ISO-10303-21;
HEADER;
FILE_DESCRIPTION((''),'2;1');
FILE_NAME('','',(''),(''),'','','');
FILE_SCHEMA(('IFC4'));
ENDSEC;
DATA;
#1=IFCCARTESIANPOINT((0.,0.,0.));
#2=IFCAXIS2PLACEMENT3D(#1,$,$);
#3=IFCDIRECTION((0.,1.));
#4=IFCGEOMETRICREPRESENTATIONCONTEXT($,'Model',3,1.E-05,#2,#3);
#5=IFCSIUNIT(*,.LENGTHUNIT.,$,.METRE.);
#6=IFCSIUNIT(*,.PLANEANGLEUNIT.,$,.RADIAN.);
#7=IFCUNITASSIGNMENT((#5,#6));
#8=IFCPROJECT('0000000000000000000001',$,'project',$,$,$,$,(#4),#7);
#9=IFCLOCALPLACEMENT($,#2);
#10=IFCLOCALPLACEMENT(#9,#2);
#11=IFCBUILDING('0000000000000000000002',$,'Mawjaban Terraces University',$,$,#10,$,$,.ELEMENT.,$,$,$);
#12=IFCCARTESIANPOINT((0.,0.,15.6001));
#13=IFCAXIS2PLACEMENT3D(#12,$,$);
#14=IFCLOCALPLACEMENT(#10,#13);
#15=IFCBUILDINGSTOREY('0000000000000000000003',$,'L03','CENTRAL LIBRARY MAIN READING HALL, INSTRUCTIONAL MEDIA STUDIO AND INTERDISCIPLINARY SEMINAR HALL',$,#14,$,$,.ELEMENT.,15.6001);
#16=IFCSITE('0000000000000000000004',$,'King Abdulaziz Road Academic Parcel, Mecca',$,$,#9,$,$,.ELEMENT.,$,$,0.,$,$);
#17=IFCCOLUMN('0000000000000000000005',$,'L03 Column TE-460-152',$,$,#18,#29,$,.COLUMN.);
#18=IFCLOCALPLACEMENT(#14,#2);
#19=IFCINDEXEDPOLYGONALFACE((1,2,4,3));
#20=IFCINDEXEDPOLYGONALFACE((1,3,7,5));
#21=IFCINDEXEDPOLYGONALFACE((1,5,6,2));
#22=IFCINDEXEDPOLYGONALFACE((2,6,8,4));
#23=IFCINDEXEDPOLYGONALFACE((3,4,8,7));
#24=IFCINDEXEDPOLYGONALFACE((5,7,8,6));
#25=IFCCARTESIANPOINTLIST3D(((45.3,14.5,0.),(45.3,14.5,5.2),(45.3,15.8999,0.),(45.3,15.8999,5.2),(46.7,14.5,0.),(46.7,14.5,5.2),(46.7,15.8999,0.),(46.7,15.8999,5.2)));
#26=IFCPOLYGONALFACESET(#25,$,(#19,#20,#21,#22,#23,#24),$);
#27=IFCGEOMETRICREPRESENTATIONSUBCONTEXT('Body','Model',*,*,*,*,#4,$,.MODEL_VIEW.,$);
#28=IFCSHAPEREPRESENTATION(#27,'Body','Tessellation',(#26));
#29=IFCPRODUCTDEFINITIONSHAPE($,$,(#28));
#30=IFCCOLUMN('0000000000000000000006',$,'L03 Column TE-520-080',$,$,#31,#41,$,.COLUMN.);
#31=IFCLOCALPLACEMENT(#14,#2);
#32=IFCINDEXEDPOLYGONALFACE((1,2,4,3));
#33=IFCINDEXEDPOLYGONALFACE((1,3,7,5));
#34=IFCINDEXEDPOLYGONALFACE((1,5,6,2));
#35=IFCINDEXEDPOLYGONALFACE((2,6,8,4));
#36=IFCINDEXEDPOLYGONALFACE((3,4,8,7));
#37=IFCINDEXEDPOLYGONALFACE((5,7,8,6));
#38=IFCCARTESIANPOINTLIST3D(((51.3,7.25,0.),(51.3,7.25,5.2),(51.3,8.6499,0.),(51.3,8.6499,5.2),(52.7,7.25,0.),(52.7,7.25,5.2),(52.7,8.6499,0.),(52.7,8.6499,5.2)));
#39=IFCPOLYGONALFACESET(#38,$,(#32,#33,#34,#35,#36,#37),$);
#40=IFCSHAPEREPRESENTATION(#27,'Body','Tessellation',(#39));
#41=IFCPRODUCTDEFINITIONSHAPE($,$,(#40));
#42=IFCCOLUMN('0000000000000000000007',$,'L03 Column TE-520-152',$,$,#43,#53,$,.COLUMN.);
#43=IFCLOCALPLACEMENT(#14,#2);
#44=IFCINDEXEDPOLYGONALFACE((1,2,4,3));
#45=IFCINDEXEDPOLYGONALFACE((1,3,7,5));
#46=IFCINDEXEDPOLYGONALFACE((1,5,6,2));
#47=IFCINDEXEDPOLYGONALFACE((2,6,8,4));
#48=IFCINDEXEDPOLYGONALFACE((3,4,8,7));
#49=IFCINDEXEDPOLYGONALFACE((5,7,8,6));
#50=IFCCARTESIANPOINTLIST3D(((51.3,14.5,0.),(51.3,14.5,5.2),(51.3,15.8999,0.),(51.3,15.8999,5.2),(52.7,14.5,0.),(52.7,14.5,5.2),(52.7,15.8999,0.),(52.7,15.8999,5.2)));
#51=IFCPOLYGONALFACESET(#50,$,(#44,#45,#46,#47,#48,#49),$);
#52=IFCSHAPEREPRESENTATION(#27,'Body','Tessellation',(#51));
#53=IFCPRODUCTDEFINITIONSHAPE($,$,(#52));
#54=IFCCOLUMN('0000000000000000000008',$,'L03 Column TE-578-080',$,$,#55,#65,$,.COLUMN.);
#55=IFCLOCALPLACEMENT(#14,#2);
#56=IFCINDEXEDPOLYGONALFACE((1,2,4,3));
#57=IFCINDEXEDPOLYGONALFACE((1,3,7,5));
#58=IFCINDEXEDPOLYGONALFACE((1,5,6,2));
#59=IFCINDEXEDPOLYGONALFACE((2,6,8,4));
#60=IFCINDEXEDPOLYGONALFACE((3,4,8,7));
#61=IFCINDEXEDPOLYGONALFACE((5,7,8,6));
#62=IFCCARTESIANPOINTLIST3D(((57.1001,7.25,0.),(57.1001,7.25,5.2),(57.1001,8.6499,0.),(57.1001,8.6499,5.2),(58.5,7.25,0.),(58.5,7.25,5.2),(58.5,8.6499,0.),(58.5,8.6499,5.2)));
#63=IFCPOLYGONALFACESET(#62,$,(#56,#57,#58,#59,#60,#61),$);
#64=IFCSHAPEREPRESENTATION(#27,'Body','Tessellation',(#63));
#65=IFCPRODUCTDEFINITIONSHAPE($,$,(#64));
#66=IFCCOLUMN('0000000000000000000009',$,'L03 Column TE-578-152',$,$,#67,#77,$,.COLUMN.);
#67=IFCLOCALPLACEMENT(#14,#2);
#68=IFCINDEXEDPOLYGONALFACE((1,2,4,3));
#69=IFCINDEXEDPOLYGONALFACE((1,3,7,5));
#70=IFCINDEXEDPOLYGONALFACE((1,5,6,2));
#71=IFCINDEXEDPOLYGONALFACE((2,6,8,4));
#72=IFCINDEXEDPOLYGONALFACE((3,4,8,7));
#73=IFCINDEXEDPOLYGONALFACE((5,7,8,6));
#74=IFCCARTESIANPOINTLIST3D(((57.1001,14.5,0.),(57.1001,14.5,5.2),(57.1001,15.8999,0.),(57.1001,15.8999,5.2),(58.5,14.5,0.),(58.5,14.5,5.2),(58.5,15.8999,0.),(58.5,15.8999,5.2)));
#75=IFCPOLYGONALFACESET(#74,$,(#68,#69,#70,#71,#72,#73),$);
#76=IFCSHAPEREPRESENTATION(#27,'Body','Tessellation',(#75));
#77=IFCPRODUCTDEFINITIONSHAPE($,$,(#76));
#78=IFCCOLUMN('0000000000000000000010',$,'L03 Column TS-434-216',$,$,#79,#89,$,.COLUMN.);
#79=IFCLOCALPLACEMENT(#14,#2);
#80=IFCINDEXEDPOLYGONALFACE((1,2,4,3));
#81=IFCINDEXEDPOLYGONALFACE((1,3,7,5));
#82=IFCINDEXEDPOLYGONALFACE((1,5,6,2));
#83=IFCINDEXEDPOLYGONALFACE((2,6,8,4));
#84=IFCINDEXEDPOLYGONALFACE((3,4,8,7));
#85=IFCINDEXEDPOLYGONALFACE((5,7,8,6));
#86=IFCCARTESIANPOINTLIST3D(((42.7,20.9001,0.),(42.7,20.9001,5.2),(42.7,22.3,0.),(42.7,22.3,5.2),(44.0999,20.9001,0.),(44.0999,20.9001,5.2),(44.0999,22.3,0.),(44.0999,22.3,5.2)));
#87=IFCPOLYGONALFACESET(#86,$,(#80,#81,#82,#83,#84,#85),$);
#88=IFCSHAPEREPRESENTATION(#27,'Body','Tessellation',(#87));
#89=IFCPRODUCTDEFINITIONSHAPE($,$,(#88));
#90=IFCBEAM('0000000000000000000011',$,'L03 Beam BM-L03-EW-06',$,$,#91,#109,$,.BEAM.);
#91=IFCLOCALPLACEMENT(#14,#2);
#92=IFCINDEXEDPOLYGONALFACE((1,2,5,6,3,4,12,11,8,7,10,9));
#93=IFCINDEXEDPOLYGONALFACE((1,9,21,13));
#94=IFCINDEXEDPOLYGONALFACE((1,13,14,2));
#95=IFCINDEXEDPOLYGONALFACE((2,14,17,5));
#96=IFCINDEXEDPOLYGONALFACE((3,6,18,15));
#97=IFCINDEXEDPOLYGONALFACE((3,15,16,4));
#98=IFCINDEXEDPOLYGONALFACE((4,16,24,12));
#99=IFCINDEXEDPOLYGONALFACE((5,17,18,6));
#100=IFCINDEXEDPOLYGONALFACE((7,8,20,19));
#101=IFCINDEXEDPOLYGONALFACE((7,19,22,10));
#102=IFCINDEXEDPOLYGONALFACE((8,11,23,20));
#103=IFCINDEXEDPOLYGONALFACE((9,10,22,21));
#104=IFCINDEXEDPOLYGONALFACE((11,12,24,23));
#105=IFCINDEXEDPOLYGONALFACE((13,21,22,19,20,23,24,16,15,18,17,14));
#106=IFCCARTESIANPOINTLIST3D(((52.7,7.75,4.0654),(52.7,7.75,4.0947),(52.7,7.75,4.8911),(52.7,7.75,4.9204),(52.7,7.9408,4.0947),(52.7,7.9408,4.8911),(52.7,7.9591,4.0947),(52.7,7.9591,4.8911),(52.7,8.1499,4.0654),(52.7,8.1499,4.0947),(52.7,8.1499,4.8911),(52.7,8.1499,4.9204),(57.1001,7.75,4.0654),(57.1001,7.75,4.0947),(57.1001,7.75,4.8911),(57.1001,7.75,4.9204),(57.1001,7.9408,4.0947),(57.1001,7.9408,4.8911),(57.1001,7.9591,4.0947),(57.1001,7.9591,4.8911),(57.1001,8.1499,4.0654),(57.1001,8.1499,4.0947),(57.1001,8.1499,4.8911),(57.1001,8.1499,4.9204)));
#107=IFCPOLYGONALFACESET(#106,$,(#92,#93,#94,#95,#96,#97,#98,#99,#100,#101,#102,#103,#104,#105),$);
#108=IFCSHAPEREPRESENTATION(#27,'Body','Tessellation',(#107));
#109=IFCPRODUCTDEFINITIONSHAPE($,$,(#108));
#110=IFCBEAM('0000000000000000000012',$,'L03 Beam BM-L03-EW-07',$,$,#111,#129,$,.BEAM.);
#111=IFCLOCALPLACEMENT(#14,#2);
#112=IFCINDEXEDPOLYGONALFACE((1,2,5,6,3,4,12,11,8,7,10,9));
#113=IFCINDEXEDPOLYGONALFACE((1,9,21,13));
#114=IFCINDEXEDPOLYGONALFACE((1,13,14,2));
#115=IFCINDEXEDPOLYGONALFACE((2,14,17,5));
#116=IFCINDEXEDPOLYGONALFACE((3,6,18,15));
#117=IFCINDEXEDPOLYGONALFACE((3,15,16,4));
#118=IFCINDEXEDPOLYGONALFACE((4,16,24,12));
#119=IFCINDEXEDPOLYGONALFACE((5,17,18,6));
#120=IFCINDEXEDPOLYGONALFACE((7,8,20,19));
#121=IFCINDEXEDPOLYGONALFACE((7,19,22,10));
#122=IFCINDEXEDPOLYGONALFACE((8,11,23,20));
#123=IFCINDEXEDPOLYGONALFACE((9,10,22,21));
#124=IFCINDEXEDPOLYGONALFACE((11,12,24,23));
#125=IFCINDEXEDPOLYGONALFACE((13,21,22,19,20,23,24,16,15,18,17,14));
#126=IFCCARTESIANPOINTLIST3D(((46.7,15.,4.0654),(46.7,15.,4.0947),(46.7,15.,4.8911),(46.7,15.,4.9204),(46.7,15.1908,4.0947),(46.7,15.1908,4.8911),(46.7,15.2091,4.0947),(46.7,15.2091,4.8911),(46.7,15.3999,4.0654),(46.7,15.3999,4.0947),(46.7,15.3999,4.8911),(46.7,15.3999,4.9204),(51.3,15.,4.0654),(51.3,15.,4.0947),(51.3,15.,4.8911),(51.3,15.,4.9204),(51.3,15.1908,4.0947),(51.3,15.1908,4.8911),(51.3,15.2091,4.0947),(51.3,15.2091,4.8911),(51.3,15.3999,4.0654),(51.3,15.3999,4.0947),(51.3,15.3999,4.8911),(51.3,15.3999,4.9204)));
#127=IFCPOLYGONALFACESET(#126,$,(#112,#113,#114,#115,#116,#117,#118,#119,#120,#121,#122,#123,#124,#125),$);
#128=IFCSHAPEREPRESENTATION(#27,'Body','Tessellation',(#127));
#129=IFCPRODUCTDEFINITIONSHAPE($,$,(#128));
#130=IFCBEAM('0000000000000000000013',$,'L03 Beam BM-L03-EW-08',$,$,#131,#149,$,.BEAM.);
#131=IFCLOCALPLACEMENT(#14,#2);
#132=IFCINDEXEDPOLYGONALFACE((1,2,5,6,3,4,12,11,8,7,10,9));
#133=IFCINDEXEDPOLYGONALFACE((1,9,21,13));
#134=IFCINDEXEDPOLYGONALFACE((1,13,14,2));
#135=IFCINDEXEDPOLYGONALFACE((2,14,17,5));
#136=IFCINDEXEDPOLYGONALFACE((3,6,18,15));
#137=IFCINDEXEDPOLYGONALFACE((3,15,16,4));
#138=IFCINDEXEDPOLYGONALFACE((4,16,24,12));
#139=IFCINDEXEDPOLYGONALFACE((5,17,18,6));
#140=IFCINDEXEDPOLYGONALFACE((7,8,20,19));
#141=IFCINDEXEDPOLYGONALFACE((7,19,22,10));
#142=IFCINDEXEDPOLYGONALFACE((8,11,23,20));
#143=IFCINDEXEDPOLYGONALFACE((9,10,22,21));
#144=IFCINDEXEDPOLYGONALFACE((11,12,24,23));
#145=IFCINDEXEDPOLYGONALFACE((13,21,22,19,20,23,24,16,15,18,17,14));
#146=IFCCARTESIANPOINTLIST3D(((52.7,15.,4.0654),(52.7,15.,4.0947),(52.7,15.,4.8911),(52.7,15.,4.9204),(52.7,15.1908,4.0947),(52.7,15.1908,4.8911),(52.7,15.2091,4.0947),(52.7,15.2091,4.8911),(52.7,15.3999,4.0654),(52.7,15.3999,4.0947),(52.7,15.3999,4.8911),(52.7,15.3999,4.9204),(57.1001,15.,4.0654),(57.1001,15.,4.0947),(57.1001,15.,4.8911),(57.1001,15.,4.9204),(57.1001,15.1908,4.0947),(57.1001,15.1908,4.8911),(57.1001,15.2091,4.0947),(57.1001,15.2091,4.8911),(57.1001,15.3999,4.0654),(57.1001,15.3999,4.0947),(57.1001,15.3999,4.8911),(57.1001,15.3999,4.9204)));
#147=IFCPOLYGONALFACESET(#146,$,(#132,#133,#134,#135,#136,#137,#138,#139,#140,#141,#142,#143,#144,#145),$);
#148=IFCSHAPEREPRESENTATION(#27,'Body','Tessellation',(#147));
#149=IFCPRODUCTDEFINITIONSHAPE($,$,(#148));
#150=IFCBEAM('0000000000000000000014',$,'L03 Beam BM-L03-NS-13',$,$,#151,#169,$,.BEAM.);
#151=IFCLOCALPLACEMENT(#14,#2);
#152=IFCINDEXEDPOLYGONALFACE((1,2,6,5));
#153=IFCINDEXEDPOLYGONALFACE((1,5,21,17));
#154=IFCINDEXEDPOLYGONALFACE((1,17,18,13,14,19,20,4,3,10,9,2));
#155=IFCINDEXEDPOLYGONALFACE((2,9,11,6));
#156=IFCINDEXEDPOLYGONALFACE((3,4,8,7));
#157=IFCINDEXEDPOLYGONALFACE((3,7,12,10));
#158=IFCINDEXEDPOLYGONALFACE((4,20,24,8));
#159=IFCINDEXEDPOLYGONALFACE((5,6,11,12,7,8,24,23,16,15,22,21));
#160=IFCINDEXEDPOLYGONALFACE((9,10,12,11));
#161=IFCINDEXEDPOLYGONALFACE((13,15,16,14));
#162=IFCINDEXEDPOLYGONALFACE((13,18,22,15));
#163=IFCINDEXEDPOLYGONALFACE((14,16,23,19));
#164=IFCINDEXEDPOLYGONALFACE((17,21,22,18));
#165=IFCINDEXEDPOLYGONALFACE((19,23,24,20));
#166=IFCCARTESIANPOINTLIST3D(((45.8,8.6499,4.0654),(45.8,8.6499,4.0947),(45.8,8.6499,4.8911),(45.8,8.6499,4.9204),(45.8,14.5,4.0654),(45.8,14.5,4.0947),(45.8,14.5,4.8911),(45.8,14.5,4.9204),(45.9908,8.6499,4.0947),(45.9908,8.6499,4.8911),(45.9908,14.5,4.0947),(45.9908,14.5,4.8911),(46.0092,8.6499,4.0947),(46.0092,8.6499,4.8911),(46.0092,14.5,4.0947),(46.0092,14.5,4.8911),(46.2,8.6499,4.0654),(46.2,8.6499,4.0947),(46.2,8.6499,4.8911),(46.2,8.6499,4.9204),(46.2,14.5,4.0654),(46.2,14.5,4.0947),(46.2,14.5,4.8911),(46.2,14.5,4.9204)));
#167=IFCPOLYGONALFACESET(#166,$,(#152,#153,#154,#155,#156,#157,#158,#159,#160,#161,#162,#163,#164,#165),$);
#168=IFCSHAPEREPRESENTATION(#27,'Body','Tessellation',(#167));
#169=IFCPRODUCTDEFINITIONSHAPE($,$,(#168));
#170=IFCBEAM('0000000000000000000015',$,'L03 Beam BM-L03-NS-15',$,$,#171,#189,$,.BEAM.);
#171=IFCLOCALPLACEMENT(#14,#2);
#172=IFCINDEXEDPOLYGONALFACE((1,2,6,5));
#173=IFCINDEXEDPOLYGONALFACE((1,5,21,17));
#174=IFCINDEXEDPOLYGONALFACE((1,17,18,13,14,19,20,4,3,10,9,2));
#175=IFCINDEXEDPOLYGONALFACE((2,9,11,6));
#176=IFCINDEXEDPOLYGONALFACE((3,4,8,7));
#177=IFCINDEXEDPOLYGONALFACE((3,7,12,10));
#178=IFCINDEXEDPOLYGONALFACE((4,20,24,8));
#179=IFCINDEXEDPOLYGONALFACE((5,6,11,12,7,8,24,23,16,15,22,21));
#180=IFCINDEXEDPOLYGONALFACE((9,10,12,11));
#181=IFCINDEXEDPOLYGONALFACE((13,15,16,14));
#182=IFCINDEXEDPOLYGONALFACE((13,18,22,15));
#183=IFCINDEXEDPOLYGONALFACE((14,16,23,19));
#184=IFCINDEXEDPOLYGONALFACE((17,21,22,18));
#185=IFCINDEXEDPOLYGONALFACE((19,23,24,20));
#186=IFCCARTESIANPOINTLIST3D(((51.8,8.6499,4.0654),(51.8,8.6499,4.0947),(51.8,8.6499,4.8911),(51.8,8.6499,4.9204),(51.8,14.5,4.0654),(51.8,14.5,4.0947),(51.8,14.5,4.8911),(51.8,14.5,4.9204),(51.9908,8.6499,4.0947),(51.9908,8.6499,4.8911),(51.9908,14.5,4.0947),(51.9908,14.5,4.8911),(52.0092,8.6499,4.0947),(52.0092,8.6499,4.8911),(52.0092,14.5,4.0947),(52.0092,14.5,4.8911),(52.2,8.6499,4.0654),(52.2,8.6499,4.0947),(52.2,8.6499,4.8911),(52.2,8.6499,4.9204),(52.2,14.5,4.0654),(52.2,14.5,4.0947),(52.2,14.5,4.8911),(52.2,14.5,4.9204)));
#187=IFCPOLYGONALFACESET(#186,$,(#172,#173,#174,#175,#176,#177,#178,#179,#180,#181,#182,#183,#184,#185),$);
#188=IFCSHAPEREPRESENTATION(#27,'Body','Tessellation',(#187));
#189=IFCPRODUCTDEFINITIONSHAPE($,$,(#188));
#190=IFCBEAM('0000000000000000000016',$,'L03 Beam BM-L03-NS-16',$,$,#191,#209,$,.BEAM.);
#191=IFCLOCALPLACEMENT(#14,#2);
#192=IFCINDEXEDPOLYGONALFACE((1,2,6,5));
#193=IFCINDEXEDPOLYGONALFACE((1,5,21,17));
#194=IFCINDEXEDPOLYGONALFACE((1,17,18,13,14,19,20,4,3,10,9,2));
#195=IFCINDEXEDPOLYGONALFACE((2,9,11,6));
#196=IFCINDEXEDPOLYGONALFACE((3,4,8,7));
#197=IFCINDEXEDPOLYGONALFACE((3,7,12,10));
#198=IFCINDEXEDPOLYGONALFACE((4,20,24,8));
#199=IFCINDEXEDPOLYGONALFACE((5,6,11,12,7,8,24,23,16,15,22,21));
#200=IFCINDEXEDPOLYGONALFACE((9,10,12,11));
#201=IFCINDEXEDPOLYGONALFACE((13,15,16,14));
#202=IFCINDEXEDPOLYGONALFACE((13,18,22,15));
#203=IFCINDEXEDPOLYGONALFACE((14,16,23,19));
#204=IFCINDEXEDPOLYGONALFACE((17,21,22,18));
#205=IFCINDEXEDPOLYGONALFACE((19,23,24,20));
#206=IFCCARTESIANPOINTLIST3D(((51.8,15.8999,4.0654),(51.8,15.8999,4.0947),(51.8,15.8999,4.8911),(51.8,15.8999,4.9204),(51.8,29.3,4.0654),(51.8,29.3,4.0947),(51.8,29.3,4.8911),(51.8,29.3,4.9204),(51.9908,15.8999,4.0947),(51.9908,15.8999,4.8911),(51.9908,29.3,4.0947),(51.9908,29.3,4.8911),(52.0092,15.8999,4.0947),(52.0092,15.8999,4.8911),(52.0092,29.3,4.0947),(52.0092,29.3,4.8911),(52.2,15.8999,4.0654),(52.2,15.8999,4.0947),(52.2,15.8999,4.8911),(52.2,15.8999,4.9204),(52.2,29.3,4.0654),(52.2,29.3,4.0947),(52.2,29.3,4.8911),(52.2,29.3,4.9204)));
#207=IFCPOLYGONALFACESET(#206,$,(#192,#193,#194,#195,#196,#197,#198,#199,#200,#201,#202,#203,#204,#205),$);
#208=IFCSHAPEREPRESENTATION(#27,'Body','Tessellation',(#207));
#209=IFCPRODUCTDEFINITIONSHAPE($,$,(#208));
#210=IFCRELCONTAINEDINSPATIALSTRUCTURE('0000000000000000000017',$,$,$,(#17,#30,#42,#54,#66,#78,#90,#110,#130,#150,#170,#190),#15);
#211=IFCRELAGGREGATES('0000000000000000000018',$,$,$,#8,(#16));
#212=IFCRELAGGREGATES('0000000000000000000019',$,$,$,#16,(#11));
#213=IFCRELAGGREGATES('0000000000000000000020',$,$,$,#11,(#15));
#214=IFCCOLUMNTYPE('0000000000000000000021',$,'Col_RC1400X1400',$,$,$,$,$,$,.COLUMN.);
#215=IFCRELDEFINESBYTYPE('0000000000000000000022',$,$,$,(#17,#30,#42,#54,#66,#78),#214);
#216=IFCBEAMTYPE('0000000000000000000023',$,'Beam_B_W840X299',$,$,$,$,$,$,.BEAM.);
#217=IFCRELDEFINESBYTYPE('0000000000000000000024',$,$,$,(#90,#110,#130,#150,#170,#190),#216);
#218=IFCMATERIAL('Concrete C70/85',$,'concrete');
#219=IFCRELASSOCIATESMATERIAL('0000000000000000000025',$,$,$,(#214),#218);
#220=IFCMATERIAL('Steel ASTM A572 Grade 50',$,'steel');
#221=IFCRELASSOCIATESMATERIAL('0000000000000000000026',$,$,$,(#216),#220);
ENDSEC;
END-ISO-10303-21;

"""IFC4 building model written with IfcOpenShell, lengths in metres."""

from ifc_helpers import new_model, si_unit, direction, frame, origin, origin_2d, place, context, subcontext, project, spatial, rectangle, i_section, extrude, material, material_profile, profile_set, type_object, element, save


model = new_model("IFC4")

# Units and contexts
model_context = context("Model", 3, precision=1e-05, world=origin(), true_north=direction((0.0, 1.0)))
body_context = subcontext(model_context, "Body", "Model", "MODEL_VIEW")
ifc_project = project(units=[si_unit("LENGTHUNIT", "METRE"), si_unit("PLANEANGLEUNIT", "RADIAN")], contexts=[model_context])

# Site, building, storey
site_placement = place(None, origin())
site = spatial("IfcSite", under=ifc_project, at=site_placement, Name="King Abdulaziz Road Academic Parcel, Mecca", CompositionType="ELEMENT", RefElevation=0.0)
building_placement = place(site_placement, origin())
building = spatial("IfcBuilding", under=site, at=building_placement, Name="Mawjaban Terraces University", CompositionType="ELEMENT")
storey_placement = place(building_placement, frame((0.0, 0.0, 15.6001)))
storey = spatial("IfcBuildingStorey", under=building, at=storey_placement, Name="L03", Description="CENTRAL LIBRARY MAIN READING HALL, INSTRUCTIONAL MEDIA STUDIO AND INTERDISCIPLINARY SEMINAR HALL", CompositionType="ELEMENT", Elevation=15.6001)

# Columns
ifc_material_1 = material(Name="Concrete C70/85", Category="concrete")
ifc_material_profile_1 = material_profile(ifc_material_1, rectangle(XDim=1.3999, YDim=1.3999, at=origin_2d()), Name="RC1400X1400")
ifc_profile_set_1 = profile_set([ifc_material_profile_1], Name="Concrete C70/85")
column_type = type_object("IfcColumnType", Name="Col_RC1400X1400", PredefinedType="COLUMN", material=ifc_profile_set_1)
for number, where, z_axis, x_axis, name in (
    (1, (46.0, 15.2, 0.0), (0.0, 0.0, 1.0), (1.0, 0.0, 0.0), "L03 Column TE-460-152"),
    (2, (52.0, 7.95, 0.0), (0.0, 0.0, 1.0), (1.0, 0.0, 0.0), "L03 Column TE-520-080"),
    (3, (52.0, 15.2, 0.0), (0.0, 0.0, 1.0), (1.0, 0.0, 0.0), "L03 Column TE-520-152"),
    (4, (57.8, 7.95, 0.0), (0.0, 0.0, 1.0), (1.0, 0.0, 0.0), "L03 Column TE-578-080"),
    (5, (57.8, 15.2, 0.0), (0.0, 0.0, 1.0), (1.0, 0.0, 0.0), "L03 Column TE-578-152"),
    (6, (43.3999, 21.6001, 0.0), (0.0, 0.0, 1.0), (1.0, 0.0, 0.0), "L03 Column TS-434-216"),
):
    element("IfcColumn", number, at=place(storey_placement, frame(where, z_axis=z_axis, x_axis=x_axis)), inside=storey, type_object=column_type, Name=name, PredefinedType="COLUMN", context=body_context, shape_type="SweptSolid", body=[
        extrude(rectangle(XDim=1.3999, YDim=1.3999, at=origin_2d()), origin(), (0.0, 0.0, 1.0), 5.2),
    ])

# Beams
ifc_material_2 = material(Name="Steel ASTM A572 Grade 50", Category="steel")
ifc_material_profile_2 = material_profile(ifc_material_2, i_section(OverallWidth=0.3999, OverallDepth=0.855, WebThickness=0.0183, FlangeThickness=0.0293, at=origin_2d()), Name="W840X299")
ifc_profile_set_2 = profile_set([ifc_material_profile_2], Name="Steel ASTM A572 Grade 50")
beam_type_1 = type_object("IfcBeamType", Name="Beam_B_W840X299", PredefinedType="BEAM", material=ifc_profile_set_2)
beam_1_placement = place(storey_placement, frame((52.7, 7.95, 4.4929), z_axis=(1.0, 0.0, 0.0), x_axis=(0.0, 1.0, 0.0)))
element("IfcBeam", 7, at=beam_1_placement, inside=storey, type_object=beam_type_1, Name="L03 Beam BM-L03-EW-06", PredefinedType="BEAM", context=body_context, shape_type="SweptSolid", body=[
    extrude(i_section(OverallWidth=0.3999, OverallDepth=0.855, WebThickness=0.0183, FlangeThickness=0.0293, at=origin_2d()), origin(), (0.0, 0.0, 1.0), 4.4001),
])
beam_2_placement = place(storey_placement, frame((46.7, 15.2, 4.4929), z_axis=(1.0, 0.0, 0.0), x_axis=(0.0, 1.0, 0.0)))
element("IfcBeam", 8, at=beam_2_placement, inside=storey, type_object=beam_type_1, Name="L03 Beam BM-L03-EW-07", PredefinedType="BEAM", context=body_context, shape_type="SweptSolid", body=[
    extrude(i_section(OverallWidth=0.3999, OverallDepth=0.855, WebThickness=0.0183, FlangeThickness=0.0293, at=origin_2d()), origin(), (0.0, 0.0, 1.0), 4.6001),
])
beam_3_placement = place(storey_placement, frame((52.7, 15.2, 4.4929), z_axis=(1.0, 0.0, 0.0), x_axis=(0.0, 1.0, 0.0)))
element("IfcBeam", 9, at=beam_3_placement, inside=storey, type_object=beam_type_1, Name="L03 Beam BM-L03-EW-08", PredefinedType="BEAM", context=body_context, shape_type="SweptSolid", body=[
    extrude(i_section(OverallWidth=0.3999, OverallDepth=0.855, WebThickness=0.0183, FlangeThickness=0.0293, at=origin_2d()), origin(), (0.0, 0.0, 1.0), 4.4001),
])
for number, where, z_axis, x_axis, name in (
    (10, (46.0, 8.6499, 4.4929), (0.0, 1.0, 0.0), (-1.0, 0.0, 0.0), "L03 Beam BM-L03-NS-13"),
    (11, (52.0, 8.6499, 4.4929), (0.0, 1.0, 0.0), (-1.0, 0.0, 0.0), "L03 Beam BM-L03-NS-15"),
):
    element("IfcBeam", number, at=place(storey_placement, frame(where, z_axis=z_axis, x_axis=x_axis)), inside=storey, type_object=beam_type_1, Name=name, PredefinedType="BEAM", context=body_context, shape_type="SweptSolid", body=[
        extrude(i_section(OverallWidth=0.3999, OverallDepth=0.855, WebThickness=0.0183, FlangeThickness=0.0293, at=origin_2d()), origin(), (0.0, 0.0, 1.0), 5.8501),
    ])
beam_4_placement = place(storey_placement, frame((52.0, 15.8999, 4.4929), z_axis=(0.0, 1.0, 0.0), x_axis=(-1.0, 0.0, 0.0)))
element("IfcBeam", 12, at=beam_4_placement, inside=storey, type_object=beam_type_1, Name="L03 Beam BM-L03-NS-16", PredefinedType="BEAM", context=body_context, shape_type="SweptSolid", body=[
    extrude(i_section(OverallWidth=0.3999, OverallDepth=0.855, WebThickness=0.0183, FlangeThickness=0.0293, at=origin_2d()), origin(), (0.0, 0.0, 1.0), 13.4001),
])

save(model, "model.ifc")
